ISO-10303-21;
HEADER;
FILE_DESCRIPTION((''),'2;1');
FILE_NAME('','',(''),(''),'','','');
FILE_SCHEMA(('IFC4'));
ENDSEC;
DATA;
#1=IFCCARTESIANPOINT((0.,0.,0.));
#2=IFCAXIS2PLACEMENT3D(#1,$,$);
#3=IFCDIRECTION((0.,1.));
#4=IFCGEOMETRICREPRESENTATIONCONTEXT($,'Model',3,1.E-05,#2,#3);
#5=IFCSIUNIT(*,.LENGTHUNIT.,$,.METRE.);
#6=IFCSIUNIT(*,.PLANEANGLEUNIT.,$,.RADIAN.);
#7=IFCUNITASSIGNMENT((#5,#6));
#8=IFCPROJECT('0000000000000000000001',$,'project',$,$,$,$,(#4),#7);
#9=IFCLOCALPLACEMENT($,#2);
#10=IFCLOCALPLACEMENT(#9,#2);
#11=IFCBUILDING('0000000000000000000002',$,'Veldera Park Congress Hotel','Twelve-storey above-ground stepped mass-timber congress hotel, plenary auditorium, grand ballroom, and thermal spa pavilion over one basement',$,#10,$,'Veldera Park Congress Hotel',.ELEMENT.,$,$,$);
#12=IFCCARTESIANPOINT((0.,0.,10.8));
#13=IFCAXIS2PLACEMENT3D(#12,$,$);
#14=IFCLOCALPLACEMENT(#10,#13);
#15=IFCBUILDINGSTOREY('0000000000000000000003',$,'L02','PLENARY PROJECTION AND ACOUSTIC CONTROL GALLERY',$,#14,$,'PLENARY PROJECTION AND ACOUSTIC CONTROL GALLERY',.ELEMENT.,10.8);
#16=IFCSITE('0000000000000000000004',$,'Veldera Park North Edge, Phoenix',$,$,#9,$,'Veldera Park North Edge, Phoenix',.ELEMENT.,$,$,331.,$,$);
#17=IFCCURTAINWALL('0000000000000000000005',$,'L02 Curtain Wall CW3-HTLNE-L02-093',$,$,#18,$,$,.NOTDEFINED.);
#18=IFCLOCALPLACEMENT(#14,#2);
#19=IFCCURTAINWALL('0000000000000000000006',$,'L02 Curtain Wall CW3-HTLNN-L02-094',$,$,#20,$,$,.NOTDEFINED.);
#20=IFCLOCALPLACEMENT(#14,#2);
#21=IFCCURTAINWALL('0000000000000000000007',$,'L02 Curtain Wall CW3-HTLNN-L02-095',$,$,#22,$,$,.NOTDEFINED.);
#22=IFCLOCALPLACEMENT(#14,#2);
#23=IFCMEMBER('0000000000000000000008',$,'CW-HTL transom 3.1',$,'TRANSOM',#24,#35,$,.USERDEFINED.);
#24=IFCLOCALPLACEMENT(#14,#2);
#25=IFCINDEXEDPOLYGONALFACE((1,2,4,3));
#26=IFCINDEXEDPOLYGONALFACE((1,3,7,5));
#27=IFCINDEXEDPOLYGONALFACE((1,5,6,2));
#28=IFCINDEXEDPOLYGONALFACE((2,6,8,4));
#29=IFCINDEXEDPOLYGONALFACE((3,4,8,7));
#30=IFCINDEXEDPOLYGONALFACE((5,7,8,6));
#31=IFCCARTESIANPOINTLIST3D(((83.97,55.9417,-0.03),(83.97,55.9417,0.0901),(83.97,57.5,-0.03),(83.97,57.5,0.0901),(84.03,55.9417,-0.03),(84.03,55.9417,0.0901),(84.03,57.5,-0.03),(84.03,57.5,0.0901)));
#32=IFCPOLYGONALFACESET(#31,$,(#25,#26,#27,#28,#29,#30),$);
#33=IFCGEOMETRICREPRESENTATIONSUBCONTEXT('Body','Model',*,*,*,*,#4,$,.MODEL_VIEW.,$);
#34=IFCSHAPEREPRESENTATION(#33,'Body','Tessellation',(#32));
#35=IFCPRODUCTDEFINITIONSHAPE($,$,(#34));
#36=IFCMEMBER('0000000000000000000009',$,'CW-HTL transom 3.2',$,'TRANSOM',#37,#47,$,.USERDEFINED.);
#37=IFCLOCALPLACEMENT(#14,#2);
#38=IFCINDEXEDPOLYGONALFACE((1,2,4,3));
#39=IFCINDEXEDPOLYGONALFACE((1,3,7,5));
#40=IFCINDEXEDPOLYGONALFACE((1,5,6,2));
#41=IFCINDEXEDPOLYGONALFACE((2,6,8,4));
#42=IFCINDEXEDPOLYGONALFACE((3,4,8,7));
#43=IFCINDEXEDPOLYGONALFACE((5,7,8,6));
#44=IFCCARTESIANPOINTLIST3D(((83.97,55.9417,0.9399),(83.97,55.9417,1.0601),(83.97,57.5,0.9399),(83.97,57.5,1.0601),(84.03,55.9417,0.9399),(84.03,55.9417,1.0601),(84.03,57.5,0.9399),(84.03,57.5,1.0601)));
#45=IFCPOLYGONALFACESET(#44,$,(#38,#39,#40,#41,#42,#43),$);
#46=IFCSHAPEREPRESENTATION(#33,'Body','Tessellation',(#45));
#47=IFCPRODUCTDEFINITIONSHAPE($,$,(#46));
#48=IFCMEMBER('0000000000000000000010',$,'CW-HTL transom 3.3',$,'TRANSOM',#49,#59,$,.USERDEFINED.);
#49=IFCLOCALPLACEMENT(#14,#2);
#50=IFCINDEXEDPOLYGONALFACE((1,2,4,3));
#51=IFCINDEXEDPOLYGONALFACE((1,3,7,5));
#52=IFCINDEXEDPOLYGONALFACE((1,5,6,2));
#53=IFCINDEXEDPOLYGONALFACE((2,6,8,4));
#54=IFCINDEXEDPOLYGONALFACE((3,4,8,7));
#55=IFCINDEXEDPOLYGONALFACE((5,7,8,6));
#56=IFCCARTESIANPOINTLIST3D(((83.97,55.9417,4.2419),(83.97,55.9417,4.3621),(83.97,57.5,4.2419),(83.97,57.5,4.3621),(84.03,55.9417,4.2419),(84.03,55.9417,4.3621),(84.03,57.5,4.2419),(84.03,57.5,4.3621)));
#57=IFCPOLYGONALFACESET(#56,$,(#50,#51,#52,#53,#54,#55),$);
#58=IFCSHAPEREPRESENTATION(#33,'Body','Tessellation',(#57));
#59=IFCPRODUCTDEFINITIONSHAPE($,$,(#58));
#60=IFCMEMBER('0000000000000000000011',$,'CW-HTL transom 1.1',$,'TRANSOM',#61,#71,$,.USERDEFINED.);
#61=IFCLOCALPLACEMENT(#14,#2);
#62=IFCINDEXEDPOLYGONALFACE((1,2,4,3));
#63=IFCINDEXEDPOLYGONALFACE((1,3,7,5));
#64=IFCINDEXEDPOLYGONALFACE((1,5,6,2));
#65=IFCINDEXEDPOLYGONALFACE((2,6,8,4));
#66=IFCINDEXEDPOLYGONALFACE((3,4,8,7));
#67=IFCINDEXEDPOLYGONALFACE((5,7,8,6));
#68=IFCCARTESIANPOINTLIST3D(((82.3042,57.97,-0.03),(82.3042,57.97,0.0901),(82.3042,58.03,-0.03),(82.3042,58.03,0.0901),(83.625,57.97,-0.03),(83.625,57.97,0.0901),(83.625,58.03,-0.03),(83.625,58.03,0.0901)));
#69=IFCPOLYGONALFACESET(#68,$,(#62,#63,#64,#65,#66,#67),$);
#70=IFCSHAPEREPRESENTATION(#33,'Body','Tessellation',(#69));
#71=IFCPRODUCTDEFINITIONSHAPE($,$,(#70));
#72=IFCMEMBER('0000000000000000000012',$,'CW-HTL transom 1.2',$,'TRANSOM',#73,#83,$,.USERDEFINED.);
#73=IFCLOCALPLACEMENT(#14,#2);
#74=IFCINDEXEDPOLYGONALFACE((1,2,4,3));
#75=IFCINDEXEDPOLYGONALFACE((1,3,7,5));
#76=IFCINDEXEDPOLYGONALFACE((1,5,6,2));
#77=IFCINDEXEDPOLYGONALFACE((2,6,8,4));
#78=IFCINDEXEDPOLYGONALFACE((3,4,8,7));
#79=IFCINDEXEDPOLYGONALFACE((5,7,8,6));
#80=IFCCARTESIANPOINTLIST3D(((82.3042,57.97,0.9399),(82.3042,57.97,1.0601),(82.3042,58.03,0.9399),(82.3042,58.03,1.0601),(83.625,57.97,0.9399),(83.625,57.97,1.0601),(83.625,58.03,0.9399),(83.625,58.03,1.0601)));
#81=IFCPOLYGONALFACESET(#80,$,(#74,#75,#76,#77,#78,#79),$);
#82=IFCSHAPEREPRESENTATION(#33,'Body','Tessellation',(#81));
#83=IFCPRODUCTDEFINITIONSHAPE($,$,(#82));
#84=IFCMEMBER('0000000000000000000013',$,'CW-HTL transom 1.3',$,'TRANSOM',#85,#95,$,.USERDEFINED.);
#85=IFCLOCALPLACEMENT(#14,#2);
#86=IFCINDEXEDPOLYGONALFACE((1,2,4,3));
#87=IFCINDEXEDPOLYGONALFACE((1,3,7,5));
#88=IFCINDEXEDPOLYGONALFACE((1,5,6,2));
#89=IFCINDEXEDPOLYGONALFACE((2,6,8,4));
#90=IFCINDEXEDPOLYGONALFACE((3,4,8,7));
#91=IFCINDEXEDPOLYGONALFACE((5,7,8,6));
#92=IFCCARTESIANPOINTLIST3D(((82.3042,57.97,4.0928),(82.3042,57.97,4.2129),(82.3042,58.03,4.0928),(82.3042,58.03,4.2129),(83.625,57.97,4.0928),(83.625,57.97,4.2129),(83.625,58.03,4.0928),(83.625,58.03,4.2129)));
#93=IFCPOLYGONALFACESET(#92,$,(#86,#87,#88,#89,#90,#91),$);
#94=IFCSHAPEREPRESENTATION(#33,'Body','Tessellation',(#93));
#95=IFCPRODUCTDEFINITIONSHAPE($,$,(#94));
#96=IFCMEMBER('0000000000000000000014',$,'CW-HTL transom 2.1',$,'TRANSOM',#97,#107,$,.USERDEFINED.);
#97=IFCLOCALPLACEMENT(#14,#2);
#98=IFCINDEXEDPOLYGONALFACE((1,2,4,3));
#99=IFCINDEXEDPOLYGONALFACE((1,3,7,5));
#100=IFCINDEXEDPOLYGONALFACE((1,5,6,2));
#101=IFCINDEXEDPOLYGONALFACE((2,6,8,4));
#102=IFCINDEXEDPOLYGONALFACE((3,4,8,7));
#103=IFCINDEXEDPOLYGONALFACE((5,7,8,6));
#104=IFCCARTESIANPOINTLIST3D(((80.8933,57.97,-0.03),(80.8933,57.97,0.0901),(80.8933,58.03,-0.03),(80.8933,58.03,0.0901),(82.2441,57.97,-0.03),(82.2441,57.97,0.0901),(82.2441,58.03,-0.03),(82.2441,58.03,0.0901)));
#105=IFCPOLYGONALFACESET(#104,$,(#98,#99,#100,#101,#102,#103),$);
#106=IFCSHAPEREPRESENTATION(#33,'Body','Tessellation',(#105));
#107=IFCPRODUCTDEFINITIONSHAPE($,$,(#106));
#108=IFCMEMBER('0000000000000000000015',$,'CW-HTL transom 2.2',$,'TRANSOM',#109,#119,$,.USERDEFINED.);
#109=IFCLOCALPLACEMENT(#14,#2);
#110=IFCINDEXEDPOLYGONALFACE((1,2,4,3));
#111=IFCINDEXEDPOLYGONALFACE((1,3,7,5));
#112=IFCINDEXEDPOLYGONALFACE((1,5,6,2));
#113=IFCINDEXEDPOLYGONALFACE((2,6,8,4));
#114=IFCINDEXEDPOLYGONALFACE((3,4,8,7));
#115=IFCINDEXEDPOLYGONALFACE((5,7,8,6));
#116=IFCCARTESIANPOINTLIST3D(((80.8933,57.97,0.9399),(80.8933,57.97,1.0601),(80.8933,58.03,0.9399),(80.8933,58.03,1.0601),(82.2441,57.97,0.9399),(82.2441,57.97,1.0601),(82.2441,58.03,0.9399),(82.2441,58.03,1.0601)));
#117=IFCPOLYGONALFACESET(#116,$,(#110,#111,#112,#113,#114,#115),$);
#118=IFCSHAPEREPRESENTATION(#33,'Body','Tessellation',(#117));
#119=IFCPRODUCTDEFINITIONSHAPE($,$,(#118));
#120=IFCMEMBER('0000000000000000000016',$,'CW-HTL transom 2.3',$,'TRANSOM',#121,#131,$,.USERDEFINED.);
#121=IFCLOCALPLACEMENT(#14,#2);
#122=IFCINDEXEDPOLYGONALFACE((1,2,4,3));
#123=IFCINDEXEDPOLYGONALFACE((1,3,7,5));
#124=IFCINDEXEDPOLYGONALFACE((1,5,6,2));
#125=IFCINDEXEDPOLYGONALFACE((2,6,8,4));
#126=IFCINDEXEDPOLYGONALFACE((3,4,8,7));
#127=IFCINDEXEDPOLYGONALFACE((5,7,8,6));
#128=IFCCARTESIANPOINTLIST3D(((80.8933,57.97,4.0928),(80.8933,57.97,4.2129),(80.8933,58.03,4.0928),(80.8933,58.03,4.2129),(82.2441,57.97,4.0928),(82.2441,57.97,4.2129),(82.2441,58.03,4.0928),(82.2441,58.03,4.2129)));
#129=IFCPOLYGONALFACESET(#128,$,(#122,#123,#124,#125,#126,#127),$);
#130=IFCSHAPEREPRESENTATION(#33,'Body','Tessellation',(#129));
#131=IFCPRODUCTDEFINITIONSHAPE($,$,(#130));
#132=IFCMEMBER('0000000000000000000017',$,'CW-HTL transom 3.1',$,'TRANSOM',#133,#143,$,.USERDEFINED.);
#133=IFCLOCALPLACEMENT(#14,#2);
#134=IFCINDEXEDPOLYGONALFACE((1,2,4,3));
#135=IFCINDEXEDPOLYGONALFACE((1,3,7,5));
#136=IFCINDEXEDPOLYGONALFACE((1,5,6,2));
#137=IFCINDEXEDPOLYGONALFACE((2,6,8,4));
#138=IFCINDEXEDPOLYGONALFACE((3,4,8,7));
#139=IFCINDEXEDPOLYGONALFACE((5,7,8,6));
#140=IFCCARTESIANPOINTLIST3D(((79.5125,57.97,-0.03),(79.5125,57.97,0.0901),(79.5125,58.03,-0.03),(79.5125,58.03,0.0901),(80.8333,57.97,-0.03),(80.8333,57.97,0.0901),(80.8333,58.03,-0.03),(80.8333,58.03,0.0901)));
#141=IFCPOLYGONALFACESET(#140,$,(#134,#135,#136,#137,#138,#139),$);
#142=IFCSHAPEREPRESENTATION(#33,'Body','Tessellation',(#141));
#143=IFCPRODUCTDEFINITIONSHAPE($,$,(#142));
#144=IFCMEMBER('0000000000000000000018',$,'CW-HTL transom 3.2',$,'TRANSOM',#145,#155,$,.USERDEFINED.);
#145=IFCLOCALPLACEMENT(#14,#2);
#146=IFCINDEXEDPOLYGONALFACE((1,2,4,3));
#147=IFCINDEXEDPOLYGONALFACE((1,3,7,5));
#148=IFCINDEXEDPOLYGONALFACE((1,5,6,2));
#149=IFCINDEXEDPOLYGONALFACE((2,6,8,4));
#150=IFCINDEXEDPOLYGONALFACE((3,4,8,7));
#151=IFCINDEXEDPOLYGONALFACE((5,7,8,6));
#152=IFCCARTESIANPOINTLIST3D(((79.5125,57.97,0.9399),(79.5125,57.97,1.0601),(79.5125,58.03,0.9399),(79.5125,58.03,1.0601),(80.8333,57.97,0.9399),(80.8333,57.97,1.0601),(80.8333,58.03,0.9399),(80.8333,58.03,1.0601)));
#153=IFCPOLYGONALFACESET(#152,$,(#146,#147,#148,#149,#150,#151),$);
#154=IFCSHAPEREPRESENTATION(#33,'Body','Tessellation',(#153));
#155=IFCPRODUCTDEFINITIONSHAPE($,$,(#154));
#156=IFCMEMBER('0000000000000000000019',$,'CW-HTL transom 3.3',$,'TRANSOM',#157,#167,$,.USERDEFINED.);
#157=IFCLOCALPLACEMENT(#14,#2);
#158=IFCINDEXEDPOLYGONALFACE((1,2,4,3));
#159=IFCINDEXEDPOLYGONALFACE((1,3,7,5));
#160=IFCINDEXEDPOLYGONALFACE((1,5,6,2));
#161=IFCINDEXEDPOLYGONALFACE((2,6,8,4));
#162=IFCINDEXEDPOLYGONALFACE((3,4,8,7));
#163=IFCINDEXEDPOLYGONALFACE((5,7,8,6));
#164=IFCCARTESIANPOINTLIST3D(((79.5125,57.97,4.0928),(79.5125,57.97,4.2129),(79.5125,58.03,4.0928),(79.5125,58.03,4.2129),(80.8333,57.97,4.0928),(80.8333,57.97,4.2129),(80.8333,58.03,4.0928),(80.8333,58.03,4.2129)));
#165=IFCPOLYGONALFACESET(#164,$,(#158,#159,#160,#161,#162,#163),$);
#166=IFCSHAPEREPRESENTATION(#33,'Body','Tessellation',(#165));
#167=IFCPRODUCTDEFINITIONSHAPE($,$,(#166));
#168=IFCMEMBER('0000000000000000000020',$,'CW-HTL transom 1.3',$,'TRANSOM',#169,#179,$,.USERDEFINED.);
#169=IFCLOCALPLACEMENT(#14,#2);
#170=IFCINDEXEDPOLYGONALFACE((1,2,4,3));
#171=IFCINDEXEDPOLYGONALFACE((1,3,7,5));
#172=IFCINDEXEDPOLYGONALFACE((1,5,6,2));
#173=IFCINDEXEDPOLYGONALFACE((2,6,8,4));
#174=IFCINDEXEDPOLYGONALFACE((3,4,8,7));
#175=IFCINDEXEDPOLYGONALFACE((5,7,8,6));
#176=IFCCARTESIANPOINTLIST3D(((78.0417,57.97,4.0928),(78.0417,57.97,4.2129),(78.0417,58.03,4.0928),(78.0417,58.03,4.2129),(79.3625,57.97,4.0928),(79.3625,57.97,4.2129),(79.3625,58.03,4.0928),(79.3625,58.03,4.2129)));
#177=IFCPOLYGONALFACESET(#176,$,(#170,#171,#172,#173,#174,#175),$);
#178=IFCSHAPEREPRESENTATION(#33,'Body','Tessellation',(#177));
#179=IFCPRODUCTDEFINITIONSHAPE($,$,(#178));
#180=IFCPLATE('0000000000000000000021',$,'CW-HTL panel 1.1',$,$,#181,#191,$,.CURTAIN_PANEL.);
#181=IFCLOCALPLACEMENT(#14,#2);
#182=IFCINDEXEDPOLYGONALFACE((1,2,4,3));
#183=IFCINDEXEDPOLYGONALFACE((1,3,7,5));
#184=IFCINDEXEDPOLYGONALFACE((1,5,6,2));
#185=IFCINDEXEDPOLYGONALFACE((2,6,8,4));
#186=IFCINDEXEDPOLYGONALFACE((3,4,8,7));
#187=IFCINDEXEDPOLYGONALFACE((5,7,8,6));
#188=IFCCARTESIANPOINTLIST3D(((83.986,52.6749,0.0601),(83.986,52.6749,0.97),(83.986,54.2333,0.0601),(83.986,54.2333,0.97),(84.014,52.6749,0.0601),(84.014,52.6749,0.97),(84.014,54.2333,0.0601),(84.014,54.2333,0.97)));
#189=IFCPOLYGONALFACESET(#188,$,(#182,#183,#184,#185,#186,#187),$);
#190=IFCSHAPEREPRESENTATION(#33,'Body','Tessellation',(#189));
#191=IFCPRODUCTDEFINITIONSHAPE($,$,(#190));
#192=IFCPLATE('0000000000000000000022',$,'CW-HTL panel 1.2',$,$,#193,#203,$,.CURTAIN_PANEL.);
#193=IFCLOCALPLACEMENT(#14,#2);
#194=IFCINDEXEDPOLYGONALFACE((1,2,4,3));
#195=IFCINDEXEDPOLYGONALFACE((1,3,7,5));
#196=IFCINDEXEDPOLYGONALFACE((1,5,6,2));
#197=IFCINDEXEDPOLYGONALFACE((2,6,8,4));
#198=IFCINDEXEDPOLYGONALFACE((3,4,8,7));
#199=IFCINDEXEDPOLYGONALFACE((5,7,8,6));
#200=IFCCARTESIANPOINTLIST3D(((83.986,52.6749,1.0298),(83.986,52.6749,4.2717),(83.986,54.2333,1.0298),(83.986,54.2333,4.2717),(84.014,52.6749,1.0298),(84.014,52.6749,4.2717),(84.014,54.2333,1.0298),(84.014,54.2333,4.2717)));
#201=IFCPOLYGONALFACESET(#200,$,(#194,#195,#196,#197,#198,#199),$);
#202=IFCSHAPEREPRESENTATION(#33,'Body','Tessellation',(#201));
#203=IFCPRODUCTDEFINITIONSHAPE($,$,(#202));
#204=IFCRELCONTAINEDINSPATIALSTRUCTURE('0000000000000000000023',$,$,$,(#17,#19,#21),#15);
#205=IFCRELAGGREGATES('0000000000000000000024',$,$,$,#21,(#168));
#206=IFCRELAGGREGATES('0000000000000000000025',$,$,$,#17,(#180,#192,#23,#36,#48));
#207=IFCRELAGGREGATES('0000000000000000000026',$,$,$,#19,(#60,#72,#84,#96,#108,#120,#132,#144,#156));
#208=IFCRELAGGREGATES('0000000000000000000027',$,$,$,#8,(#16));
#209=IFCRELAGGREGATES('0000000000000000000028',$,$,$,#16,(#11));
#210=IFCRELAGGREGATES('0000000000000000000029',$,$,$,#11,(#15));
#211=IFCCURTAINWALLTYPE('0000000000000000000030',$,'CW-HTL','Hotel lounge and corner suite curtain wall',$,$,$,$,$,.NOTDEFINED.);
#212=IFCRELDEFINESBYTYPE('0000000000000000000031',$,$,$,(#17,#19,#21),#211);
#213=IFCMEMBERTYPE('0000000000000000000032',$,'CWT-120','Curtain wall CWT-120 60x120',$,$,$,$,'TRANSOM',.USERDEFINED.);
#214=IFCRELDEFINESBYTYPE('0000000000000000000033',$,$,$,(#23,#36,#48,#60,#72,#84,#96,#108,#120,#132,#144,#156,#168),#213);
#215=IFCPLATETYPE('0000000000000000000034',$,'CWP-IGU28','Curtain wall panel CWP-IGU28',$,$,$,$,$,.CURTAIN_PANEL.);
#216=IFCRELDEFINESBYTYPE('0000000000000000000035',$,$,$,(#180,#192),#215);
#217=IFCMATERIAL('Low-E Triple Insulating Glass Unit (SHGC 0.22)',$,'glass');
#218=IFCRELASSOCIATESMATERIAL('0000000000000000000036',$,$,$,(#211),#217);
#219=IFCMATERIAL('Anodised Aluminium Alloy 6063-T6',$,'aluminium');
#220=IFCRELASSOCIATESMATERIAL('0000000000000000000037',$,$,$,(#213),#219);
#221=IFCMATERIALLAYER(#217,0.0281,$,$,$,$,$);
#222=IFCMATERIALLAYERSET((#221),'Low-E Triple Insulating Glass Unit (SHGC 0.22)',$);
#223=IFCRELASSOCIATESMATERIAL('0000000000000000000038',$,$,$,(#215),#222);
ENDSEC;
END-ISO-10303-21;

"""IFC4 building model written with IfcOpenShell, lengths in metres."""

from ifc_helpers import new_model, si_unit, direction, frame, origin, origin_2d, place, context, subcontext, project, spatial, rectangle, extrude, material, layer, layer_set, material_profile, profile_set, type_object, element, aggregate, save


model = new_model("IFC4")

# Units and contexts
model_context = context("Model", 3, precision=1e-05, world=origin(), true_north=direction((0.0, 1.0)))
body_context = subcontext(model_context, "Body", "Model", "MODEL_VIEW")
ifc_project = project(units=[si_unit("LENGTHUNIT", "METRE"), si_unit("PLANEANGLEUNIT", "RADIAN")], contexts=[model_context])

# Site, building, storey
site_placement = place(None, origin())
site = spatial("IfcSite", under=ifc_project, at=site_placement, Name="Veldera Park North Edge, Phoenix", LongName="Veldera Park North Edge, Phoenix", CompositionType="ELEMENT", RefElevation=331.0)
building_placement = place(site_placement, origin())
building = spatial("IfcBuilding", under=site, at=building_placement, Name="Veldera Park Congress Hotel", Description="Twelve-storey above-ground stepped mass-timber congress hotel, plenary auditorium, grand ballroom, and thermal spa pavilion over one basement", LongName="Veldera Park Congress Hotel", CompositionType="ELEMENT")
storey_placement = place(building_placement, frame((0.0, 0.0, 10.8)))
storey = spatial("IfcBuildingStorey", under=building, at=storey_placement, Name="L02", Description="PLENARY PROJECTION AND ACOUSTIC CONTROL GALLERY", LongName="PLENARY PROJECTION AND ACOUSTIC CONTROL GALLERY", CompositionType="ELEMENT", Elevation=10.8)

# Curtain walls
ifc_material_1 = material(Name="Low-E Triple Insulating Glass Unit (SHGC 0.22)", Category="glass")
curtain_wall_type = type_object("IfcCurtainWallType", Name="CW-HTL", Description="Hotel lounge and corner suite curtain wall", PredefinedType="NOTDEFINED", material=ifc_material_1)
curtain_wall_1_placement = place(storey_placement, origin())
curtain_wall_1 = element("IfcCurtainWall", 1, at=curtain_wall_1_placement, inside=storey, type_object=curtain_wall_type, Name="L02 Curtain Wall CW3-HTLNE-L02-093", PredefinedType="NOTDEFINED")
ifc_material_2 = material(Name="Anodised Aluminium Alloy 6063-T6", Category="aluminium")
curtain_wall_2_placement = place(storey_placement, origin())
curtain_wall_2 = element("IfcCurtainWall", 2, at=curtain_wall_2_placement, inside=storey, type_object=curtain_wall_type, Name="L02 Curtain Wall CW3-HTLNN-L02-094", PredefinedType="NOTDEFINED")

# Curtain wall
curtain_wall_3_placement = place(storey_placement, origin())
curtain_wall_3 = element("IfcCurtainWall", 3, at=curtain_wall_3_placement, inside=storey, type_object=curtain_wall_type, Name="L02 Curtain Wall CW3-HTLNN-L02-095", PredefinedType="NOTDEFINED")

# Members
ifc_material_profile_1 = material_profile(ifc_material_2, rectangle(XDim=0.0601, YDim=0.1201, at=origin_2d()), Name="ALU 60x120")
ifc_profile_set_1 = profile_set([ifc_material_profile_1], Name="Anodised Aluminium Alloy 6063-T6")
member_type_1 = type_object("IfcMemberType", Name="CWT-120", Description="Curtain wall CWT-120 60x120", ElementType="TRANSOM", PredefinedType="USERDEFINED", material=ifc_profile_set_1)
member_1_placement = place(storey_placement, frame((84.0, 55.9417, 0.03), z_axis=(0.0, 1.0, 0.0), x_axis=(-1.0, 0.0, 0.0)))
member_1 = element("IfcMember", 4, at=member_1_placement, type_object=member_type_1, Name="CW-HTL transom 3.1", ObjectType="TRANSOM", PredefinedType="USERDEFINED", context=body_context, shape_type="SweptSolid", body=[
    extrude(rectangle(XDim=0.0601, YDim=0.1201, at=origin_2d()), origin(), (0.0, 0.0, 1.0), 1.5583),
])
member_2_placement = place(storey_placement, frame((84.0, 55.9417, 1.0), z_axis=(0.0, 1.0, 0.0), x_axis=(-1.0, 0.0, 0.0)))
member_2 = element("IfcMember", 5, at=member_2_placement, type_object=member_type_1, Name="CW-HTL transom 3.2", ObjectType="TRANSOM", PredefinedType="USERDEFINED", context=body_context, shape_type="SweptSolid", body=[
    extrude(rectangle(XDim=0.0601, YDim=0.1201, at=origin_2d()), origin(), (0.0, 0.0, 1.0), 1.5583),
])
member_3_placement = place(storey_placement, frame((84.0, 55.9417, 4.302), z_axis=(0.0, 1.0, 0.0), x_axis=(-1.0, 0.0, 0.0)))
member_3 = element("IfcMember", 6, at=member_3_placement, type_object=member_type_1, Name="CW-HTL transom 3.3", ObjectType="TRANSOM", PredefinedType="USERDEFINED", context=body_context, shape_type="SweptSolid", body=[
    extrude(rectangle(XDim=0.0601, YDim=0.1201, at=origin_2d()), origin(), (0.0, 0.0, 1.0), 1.5583),
])
member_4_placement = place(storey_placement, frame((83.625, 58.0, 0.03), z_axis=(-1.0, 0.0, 0.0), x_axis=(0.0, -1.0, 0.0)))
member_4 = element("IfcMember", 7, at=member_4_placement, type_object=member_type_1, Name="CW-HTL transom 1.1", ObjectType="TRANSOM", PredefinedType="USERDEFINED", context=body_context, shape_type="SweptSolid", body=[
    extrude(rectangle(XDim=0.0601, YDim=0.1201, at=origin_2d()), origin(), (0.0, 0.0, 1.0), 1.3208),
])
member_5_placement = place(storey_placement, frame((83.625, 58.0, 1.0), z_axis=(-1.0, 0.0, 0.0), x_axis=(0.0, -1.0, 0.0)))
member_5 = element("IfcMember", 8, at=member_5_placement, type_object=member_type_1, Name="CW-HTL transom 1.2", ObjectType="TRANSOM", PredefinedType="USERDEFINED", context=body_context, shape_type="SweptSolid", body=[
    extrude(rectangle(XDim=0.0601, YDim=0.1201, at=origin_2d()), origin(), (0.0, 0.0, 1.0), 1.3208),
])
member_6_placement = place(storey_placement, frame((83.625, 58.0, 4.1528), z_axis=(-1.0, 0.0, 0.0), x_axis=(0.0, -1.0, 0.0)))
member_6 = element("IfcMember", 9, at=member_6_placement, type_object=member_type_1, Name="CW-HTL transom 1.3", ObjectType="TRANSOM", PredefinedType="USERDEFINED", context=body_context, shape_type="SweptSolid", body=[
    extrude(rectangle(XDim=0.0601, YDim=0.1201, at=origin_2d()), origin(), (0.0, 0.0, 1.0), 1.3208),
])
member_7_placement = place(storey_placement, frame((82.2441, 58.0, 0.03), z_axis=(-1.0, 0.0, 0.0), x_axis=(0.0, -1.0, 0.0)))
member_7 = element("IfcMember", 10, at=member_7_placement, type_object=member_type_1, Name="CW-HTL transom 2.1", ObjectType="TRANSOM", PredefinedType="USERDEFINED", context=body_context, shape_type="SweptSolid", body=[
    extrude(rectangle(XDim=0.0601, YDim=0.1201, at=origin_2d()), origin(), (0.0, 0.0, 1.0), 1.3508),
])
member_8_placement = place(storey_placement, frame((82.2441, 58.0, 1.0), z_axis=(-1.0, 0.0, 0.0), x_axis=(0.0, -1.0, 0.0)))
member_8 = element("IfcMember", 11, at=member_8_placement, type_object=member_type_1, Name="CW-HTL transom 2.2", ObjectType="TRANSOM", PredefinedType="USERDEFINED", context=body_context, shape_type="SweptSolid", body=[
    extrude(rectangle(XDim=0.0601, YDim=0.1201, at=origin_2d()), origin(), (0.0, 0.0, 1.0), 1.3508),
])
member_9_placement = place(storey_placement, frame((82.2441, 58.0, 4.1528), z_axis=(-1.0, 0.0, 0.0), x_axis=(0.0, -1.0, 0.0)))
member_9 = element("IfcMember", 12, at=member_9_placement, type_object=member_type_1, Name="CW-HTL transom 2.3", ObjectType="TRANSOM", PredefinedType="USERDEFINED", context=body_context, shape_type="SweptSolid", body=[
    extrude(rectangle(XDim=0.0601, YDim=0.1201, at=origin_2d()), origin(), (0.0, 0.0, 1.0), 1.3508),
])
member_10_placement = place(storey_placement, frame((80.8333, 58.0, 0.03), z_axis=(-1.0, 0.0, 0.0), x_axis=(0.0, -1.0, 0.0)))
member_10 = element("IfcMember", 13, at=member_10_placement, type_object=member_type_1, Name="CW-HTL transom 3.1", ObjectType="TRANSOM", PredefinedType="USERDEFINED", context=body_context, shape_type="SweptSolid", body=[
    extrude(rectangle(XDim=0.0601, YDim=0.1201, at=origin_2d()), origin(), (0.0, 0.0, 1.0), 1.3208),
])
member_11_placement = place(storey_placement, frame((80.8333, 58.0, 1.0), z_axis=(-1.0, 0.0, 0.0), x_axis=(0.0, -1.0, 0.0)))
member_11 = element("IfcMember", 14, at=member_11_placement, type_object=member_type_1, Name="CW-HTL transom 3.2", ObjectType="TRANSOM", PredefinedType="USERDEFINED", context=body_context, shape_type="SweptSolid", body=[
    extrude(rectangle(XDim=0.0601, YDim=0.1201, at=origin_2d()), origin(), (0.0, 0.0, 1.0), 1.3208),
])
member_12_placement = place(storey_placement, frame((80.8333, 58.0, 4.1528), z_axis=(-1.0, 0.0, 0.0), x_axis=(0.0, -1.0, 0.0)))
member_12 = element("IfcMember", 15, at=member_12_placement, type_object=member_type_1, Name="CW-HTL transom 3.3", ObjectType="TRANSOM", PredefinedType="USERDEFINED", context=body_context, shape_type="SweptSolid", body=[
    extrude(rectangle(XDim=0.0601, YDim=0.1201, at=origin_2d()), origin(), (0.0, 0.0, 1.0), 1.3208),
])
member_13_placement = place(storey_placement, frame((79.3625, 58.0, 4.1528), z_axis=(-1.0, 0.0, 0.0), x_axis=(0.0, -1.0, 0.0)))
member_13 = element("IfcMember", 16, at=member_13_placement, type_object=member_type_1, Name="CW-HTL transom 1.3", ObjectType="TRANSOM", PredefinedType="USERDEFINED", context=body_context, shape_type="SweptSolid", body=[
    extrude(rectangle(XDim=0.0601, YDim=0.1201, at=origin_2d()), origin(), (0.0, 0.0, 1.0), 1.3208),
])
aggregate(curtain_wall_3, [member_13])

# Plates
ifc_layer = layer(ifc_material_1, 0.0281)
ifc_layer_set = layer_set([ifc_layer], Name="Low-E Triple Insulating Glass Unit (SHGC 0.22)")
plate_type = type_object("IfcPlateType", Name="CWP-IGU28", Description="Curtain wall panel CWP-IGU28", PredefinedType="CURTAIN_PANEL", material=ifc_layer_set)
plate_1_placement = place(storey_placement, frame((84.0, 53.4541, 0.0601), z_axis=(0.0, 0.0, 1.0), x_axis=(0.0, 1.0, 0.0)))
plate_1 = element("IfcPlate", 17, at=plate_1_placement, type_object=plate_type, Name="CW-HTL panel 1.1", PredefinedType="CURTAIN_PANEL", context=body_context, shape_type="SweptSolid", body=[
    extrude(rectangle(XDim=1.5583, YDim=0.0281, at=origin_2d()), origin(), (0.0, 0.0, 1.0), 0.9099),
])
plate_2_placement = place(storey_placement, frame((84.0, 53.4541, 1.0298), z_axis=(0.0, 0.0, 1.0), x_axis=(0.0, 1.0, 0.0)))
plate_2 = element("IfcPlate", 18, at=plate_2_placement, type_object=plate_type, Name="CW-HTL panel 1.2", PredefinedType="CURTAIN_PANEL", context=body_context, shape_type="SweptSolid", body=[
    extrude(rectangle(XDim=1.5583, YDim=0.0281, at=origin_2d()), origin(), (0.0, 0.0, 1.0), 3.2419),
])
aggregate(curtain_wall_1, [plate_1, plate_2, member_1, member_2, member_3])
aggregate(curtain_wall_2, [member_4, member_5, member_6, member_7, member_8, member_9, member_10, member_11, member_12])

save(model, "model.ifc")
